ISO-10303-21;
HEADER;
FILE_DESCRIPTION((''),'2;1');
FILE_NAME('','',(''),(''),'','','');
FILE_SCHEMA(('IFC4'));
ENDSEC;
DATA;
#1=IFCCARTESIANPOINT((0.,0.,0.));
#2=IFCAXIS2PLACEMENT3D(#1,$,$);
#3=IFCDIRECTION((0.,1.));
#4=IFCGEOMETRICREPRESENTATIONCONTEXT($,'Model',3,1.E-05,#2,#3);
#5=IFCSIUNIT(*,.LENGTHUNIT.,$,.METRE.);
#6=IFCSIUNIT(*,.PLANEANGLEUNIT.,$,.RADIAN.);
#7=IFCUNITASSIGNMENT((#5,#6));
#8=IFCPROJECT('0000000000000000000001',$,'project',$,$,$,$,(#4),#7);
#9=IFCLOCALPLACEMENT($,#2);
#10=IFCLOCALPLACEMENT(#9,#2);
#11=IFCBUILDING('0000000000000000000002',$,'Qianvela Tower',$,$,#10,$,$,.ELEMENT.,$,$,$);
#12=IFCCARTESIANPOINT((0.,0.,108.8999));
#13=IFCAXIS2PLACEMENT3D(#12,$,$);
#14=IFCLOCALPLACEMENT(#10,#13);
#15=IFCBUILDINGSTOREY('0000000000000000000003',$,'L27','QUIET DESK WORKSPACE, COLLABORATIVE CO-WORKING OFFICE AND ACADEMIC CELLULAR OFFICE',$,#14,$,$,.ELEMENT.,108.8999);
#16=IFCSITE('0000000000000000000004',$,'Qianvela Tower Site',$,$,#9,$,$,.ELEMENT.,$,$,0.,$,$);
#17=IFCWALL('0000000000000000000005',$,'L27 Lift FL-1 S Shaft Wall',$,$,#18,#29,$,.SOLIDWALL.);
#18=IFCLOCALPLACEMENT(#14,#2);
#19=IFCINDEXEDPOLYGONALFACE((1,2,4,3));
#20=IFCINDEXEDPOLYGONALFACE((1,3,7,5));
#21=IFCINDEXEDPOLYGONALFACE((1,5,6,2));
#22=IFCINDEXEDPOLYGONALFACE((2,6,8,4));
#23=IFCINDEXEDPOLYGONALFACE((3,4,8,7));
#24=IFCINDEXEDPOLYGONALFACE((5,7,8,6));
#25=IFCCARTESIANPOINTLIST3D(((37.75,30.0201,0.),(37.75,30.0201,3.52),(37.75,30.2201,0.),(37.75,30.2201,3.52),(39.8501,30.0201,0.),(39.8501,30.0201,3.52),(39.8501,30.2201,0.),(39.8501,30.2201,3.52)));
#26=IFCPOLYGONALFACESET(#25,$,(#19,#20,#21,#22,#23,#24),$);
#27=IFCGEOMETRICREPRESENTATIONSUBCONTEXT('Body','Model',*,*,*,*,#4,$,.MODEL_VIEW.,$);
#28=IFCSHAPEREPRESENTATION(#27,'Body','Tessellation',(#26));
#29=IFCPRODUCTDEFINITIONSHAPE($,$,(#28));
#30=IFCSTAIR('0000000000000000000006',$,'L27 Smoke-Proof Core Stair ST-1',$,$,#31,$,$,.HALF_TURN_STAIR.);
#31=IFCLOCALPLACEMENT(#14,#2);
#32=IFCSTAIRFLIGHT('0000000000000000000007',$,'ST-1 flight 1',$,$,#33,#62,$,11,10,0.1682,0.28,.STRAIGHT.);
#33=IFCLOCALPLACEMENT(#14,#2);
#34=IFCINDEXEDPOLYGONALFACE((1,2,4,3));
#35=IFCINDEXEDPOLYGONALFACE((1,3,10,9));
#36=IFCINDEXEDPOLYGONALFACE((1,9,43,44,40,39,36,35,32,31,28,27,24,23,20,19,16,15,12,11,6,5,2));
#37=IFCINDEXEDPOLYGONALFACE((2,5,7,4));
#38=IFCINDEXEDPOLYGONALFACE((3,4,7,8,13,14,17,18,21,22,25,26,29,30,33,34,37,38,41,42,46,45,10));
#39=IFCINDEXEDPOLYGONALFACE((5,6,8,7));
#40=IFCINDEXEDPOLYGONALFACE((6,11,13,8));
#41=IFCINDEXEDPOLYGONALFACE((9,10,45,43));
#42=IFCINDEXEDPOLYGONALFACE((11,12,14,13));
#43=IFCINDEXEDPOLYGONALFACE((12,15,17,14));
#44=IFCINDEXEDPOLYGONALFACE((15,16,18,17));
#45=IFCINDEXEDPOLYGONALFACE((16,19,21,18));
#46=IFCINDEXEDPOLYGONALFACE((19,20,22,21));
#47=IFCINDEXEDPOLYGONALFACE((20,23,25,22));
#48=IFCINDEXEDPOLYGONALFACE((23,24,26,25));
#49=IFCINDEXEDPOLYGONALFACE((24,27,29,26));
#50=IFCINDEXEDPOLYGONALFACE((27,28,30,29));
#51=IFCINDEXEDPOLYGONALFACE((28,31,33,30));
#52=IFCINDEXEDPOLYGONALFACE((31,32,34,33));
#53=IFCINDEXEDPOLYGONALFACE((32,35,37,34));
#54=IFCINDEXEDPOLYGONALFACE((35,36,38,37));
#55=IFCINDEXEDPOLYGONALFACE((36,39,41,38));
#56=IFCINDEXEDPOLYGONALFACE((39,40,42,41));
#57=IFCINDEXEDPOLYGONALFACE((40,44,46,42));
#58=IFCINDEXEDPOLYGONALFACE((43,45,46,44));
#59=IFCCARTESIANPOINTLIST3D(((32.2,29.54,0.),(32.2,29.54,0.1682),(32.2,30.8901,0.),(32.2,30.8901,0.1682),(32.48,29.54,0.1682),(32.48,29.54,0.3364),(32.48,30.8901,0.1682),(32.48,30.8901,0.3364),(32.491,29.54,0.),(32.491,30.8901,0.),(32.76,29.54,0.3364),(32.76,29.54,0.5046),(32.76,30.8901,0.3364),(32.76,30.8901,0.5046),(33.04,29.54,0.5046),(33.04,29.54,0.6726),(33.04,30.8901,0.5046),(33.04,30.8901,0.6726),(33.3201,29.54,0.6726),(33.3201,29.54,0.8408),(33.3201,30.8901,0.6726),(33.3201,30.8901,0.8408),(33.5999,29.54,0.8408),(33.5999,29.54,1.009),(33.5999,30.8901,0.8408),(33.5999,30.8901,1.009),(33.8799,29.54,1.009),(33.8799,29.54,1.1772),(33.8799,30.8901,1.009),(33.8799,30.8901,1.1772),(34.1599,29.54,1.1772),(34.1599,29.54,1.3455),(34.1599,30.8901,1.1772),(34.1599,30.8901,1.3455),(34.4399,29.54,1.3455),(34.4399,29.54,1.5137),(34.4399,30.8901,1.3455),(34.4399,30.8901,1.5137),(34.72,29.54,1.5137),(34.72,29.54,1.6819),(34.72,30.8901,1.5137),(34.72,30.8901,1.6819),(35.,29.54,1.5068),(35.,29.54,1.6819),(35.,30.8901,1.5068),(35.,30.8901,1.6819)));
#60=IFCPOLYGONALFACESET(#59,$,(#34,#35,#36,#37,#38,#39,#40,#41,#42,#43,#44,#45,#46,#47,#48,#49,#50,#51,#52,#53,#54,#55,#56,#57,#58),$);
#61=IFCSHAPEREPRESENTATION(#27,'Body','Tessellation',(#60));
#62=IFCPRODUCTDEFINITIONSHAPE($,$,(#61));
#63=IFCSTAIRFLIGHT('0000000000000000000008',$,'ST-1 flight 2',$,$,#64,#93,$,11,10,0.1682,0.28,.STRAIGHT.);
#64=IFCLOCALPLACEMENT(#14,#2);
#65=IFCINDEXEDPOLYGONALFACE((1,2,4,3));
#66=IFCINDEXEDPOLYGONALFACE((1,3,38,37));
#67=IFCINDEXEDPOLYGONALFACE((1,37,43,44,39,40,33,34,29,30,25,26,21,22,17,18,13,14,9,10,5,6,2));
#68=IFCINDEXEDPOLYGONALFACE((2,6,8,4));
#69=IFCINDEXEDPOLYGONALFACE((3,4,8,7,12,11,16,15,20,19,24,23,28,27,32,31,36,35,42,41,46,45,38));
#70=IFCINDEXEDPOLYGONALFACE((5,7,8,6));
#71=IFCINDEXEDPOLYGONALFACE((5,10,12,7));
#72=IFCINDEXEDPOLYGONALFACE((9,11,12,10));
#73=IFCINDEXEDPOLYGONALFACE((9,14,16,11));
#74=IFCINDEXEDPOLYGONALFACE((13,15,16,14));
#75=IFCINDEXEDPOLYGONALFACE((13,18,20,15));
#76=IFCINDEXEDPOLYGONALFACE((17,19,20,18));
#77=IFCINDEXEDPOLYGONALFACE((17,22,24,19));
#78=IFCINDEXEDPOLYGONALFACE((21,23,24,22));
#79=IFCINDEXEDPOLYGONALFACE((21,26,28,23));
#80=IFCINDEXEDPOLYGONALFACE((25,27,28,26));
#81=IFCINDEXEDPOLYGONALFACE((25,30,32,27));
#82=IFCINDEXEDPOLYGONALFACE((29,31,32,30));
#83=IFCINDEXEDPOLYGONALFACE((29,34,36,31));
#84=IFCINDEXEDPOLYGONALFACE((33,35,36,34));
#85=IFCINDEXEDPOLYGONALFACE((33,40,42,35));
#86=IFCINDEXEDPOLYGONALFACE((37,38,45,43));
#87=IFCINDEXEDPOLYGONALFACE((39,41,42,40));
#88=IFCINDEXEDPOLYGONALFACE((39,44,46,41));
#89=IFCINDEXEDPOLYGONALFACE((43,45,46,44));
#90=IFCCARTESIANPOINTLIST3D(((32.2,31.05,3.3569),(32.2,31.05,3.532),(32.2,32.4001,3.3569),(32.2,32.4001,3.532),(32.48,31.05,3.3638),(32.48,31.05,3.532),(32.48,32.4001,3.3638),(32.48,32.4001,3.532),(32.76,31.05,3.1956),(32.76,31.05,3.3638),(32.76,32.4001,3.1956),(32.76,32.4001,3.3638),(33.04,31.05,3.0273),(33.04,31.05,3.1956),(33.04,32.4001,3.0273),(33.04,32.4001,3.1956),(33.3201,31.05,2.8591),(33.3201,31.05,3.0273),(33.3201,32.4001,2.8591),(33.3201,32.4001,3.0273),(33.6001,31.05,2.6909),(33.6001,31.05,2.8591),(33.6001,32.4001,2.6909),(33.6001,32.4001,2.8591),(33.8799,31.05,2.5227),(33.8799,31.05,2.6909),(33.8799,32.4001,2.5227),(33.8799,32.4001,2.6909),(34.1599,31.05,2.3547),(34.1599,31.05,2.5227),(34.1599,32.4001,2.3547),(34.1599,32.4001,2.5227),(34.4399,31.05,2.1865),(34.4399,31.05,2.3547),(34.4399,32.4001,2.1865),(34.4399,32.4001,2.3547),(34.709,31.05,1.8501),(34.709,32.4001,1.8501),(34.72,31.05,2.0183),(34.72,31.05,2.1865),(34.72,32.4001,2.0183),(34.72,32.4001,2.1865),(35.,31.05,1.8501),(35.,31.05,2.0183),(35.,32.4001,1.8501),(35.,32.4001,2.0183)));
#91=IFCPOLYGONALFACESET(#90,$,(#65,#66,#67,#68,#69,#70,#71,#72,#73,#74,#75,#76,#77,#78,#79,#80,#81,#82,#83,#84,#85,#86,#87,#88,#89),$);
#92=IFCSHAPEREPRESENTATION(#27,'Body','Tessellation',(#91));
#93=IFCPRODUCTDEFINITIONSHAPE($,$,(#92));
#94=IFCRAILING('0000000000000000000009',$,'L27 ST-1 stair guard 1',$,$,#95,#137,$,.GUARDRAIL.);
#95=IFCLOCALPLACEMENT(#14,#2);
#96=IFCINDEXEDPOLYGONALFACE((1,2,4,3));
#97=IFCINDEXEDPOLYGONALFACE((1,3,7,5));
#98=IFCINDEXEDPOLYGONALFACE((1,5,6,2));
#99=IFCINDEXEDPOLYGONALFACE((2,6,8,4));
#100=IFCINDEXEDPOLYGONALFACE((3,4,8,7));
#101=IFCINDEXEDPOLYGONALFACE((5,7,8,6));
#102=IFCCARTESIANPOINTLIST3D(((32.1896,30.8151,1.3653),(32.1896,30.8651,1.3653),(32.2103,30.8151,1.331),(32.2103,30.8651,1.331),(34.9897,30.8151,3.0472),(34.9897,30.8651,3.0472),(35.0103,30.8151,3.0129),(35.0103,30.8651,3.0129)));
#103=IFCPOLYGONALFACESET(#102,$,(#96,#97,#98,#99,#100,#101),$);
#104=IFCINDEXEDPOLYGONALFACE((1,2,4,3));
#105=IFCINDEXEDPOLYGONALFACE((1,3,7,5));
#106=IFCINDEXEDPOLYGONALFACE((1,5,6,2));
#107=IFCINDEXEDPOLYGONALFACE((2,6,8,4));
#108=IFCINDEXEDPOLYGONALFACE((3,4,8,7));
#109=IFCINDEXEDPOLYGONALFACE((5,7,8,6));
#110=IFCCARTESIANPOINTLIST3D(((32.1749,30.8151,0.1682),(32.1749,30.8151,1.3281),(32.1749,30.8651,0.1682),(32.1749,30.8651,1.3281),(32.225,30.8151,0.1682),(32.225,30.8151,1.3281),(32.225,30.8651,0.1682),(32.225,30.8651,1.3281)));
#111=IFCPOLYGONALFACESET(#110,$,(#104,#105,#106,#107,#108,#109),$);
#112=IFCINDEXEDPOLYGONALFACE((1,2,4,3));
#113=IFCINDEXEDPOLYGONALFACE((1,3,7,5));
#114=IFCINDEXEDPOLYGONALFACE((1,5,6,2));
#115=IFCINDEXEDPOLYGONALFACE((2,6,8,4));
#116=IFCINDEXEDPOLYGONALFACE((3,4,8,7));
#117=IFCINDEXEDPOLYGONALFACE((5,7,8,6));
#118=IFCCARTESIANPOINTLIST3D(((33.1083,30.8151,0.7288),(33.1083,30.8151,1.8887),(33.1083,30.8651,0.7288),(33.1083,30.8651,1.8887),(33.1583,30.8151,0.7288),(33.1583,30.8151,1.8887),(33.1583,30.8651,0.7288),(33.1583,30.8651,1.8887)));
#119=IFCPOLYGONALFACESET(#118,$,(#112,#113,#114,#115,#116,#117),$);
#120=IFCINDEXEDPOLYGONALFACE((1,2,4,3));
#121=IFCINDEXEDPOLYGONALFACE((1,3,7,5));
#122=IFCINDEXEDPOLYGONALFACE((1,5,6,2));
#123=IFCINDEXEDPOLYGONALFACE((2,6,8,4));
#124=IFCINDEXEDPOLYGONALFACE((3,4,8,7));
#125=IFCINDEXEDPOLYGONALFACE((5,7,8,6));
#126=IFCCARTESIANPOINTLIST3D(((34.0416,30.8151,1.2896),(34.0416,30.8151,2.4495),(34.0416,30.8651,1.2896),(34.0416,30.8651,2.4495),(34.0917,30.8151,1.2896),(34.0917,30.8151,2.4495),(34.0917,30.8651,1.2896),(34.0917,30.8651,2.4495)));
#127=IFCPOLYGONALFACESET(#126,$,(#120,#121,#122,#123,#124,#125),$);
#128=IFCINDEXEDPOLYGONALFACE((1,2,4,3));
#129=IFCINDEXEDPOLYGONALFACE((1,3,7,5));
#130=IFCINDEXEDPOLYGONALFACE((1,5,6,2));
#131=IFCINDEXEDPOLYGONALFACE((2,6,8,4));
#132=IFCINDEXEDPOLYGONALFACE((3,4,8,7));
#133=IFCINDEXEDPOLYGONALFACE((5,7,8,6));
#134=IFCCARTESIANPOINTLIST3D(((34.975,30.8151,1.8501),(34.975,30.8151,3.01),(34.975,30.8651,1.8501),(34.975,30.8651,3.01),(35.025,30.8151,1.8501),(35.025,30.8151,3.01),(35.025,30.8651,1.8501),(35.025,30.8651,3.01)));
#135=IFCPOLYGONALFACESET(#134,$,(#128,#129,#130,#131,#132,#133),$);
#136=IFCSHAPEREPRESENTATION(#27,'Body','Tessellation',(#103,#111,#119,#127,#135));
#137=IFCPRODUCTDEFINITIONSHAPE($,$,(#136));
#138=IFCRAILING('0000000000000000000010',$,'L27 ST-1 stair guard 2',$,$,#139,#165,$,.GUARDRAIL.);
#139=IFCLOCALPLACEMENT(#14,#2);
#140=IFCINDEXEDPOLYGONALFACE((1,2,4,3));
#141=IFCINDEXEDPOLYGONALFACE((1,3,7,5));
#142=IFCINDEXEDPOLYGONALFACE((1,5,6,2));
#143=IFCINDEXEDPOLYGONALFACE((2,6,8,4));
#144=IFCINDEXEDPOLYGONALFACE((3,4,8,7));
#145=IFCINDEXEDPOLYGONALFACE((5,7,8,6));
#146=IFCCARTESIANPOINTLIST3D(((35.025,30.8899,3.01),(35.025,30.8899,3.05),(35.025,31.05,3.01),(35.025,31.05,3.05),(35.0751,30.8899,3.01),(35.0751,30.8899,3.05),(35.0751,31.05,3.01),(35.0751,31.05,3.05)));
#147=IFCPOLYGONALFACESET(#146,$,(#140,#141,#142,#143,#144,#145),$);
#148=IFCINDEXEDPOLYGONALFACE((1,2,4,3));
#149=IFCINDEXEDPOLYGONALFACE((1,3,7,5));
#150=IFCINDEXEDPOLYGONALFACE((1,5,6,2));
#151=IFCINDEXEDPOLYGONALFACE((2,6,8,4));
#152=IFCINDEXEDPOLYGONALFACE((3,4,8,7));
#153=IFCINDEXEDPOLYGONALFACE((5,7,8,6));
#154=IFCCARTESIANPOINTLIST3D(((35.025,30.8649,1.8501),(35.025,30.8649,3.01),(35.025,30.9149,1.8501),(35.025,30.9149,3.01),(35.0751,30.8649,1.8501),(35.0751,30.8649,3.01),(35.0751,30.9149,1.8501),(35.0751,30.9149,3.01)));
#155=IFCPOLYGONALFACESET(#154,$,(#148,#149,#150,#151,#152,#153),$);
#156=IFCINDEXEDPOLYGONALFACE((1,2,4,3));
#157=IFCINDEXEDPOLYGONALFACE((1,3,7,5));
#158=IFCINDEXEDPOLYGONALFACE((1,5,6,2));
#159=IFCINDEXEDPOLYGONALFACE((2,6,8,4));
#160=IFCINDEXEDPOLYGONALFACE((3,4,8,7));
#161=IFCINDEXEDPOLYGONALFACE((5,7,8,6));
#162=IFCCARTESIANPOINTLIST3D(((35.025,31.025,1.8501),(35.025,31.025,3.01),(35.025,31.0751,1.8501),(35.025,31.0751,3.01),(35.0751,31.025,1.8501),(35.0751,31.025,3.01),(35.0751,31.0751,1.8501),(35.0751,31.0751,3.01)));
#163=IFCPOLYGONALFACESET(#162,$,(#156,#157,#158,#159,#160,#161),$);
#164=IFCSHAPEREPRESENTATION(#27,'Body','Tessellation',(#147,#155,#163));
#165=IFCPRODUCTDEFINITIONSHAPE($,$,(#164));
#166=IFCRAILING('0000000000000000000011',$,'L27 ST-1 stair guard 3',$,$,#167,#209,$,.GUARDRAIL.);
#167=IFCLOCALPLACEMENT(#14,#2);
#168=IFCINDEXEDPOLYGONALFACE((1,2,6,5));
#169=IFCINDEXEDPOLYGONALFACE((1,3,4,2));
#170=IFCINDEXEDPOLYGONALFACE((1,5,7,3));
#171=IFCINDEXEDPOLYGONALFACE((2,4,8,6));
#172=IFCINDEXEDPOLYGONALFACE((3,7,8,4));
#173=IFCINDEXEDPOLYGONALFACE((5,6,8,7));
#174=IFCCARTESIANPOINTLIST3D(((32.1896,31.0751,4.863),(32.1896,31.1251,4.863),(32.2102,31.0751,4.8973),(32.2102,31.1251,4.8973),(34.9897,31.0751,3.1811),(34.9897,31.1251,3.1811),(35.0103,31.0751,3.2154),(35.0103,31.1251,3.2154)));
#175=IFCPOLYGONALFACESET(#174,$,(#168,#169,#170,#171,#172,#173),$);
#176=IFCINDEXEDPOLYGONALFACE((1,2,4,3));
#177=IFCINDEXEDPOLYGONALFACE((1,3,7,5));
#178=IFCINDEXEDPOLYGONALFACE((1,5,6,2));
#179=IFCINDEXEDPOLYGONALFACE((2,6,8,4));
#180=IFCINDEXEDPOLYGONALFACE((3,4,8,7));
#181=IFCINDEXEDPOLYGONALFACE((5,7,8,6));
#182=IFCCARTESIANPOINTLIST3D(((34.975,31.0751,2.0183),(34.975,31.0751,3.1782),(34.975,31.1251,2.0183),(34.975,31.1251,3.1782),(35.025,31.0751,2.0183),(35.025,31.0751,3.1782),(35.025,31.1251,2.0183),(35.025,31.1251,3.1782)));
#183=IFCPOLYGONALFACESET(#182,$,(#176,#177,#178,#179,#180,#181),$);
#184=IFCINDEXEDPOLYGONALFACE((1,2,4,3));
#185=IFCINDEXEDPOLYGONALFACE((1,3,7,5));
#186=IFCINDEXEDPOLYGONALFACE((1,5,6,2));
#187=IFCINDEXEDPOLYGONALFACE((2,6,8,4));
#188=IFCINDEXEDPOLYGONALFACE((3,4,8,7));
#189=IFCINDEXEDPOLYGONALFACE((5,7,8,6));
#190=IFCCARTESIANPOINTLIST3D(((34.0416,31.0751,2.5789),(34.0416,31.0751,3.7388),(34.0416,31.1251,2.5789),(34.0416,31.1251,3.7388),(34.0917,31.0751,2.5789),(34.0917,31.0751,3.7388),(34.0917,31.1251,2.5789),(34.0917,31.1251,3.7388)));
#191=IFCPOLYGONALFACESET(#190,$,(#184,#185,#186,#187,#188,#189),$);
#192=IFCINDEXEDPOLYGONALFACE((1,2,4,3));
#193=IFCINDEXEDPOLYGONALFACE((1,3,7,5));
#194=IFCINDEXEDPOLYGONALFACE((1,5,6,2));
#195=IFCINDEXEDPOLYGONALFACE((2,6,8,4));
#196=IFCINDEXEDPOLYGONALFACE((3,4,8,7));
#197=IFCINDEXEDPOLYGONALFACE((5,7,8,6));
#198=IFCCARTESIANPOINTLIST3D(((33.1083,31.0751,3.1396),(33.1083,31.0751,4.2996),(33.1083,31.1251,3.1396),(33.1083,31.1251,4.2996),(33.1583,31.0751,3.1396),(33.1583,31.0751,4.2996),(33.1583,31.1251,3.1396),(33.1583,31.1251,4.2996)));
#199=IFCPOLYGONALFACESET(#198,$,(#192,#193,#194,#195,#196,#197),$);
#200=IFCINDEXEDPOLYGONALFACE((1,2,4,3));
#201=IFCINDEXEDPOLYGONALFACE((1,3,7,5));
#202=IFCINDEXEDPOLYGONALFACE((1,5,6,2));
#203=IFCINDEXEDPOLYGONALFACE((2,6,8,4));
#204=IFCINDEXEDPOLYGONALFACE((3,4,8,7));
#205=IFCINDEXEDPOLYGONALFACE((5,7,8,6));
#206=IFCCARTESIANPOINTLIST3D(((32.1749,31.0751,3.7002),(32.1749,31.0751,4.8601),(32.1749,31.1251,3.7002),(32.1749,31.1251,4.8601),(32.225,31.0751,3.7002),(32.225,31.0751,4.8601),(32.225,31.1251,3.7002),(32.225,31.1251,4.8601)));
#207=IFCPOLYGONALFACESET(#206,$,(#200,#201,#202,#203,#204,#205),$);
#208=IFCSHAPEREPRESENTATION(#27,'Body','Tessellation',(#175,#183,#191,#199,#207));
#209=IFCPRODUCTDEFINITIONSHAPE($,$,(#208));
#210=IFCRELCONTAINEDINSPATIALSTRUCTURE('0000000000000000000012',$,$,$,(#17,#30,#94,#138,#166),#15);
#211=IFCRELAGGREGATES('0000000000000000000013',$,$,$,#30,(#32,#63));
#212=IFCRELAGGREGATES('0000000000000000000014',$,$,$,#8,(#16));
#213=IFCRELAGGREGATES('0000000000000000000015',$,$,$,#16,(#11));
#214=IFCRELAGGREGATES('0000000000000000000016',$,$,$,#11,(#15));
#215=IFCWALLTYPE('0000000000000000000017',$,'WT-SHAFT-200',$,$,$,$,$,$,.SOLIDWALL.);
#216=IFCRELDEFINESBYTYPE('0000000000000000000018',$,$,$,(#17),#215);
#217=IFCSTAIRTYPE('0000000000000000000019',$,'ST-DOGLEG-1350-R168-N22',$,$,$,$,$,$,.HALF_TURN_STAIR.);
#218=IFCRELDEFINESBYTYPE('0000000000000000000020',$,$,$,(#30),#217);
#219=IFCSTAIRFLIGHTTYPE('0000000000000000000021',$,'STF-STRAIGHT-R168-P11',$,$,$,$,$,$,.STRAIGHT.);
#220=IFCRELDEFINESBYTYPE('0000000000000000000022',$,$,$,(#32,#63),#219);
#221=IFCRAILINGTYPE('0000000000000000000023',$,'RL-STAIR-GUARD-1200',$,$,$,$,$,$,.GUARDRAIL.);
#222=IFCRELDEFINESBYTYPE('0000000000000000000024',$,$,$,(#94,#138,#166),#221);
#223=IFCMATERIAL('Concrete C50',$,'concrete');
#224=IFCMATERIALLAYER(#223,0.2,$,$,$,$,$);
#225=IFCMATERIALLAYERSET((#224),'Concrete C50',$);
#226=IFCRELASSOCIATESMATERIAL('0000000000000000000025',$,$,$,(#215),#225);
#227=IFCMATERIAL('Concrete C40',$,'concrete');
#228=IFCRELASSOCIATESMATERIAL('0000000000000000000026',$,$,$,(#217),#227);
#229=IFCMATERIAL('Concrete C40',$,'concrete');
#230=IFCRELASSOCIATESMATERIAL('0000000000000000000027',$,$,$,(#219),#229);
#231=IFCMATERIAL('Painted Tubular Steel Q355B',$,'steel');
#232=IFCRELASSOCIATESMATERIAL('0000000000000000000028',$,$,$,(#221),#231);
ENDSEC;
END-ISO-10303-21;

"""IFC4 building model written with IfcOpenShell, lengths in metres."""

from ifc_helpers import new_model, si_unit, direction, frame, frame_2d, origin, origin_2d, place, context, subcontext, project, spatial, polyline, rectangle, outline, extrude, material, layer, layer_set, type_object, element, aggregate, save


model = new_model("IFC4")

# Units and contexts
model_context = context("Model", 3, precision=1e-05, world=origin(), true_north=direction((0.0, 1.0)))
body_context = subcontext(model_context, "Body", "Model", "MODEL_VIEW")
ifc_project = project(units=[si_unit("LENGTHUNIT", "METRE"), si_unit("PLANEANGLEUNIT", "RADIAN")], contexts=[model_context])

# Site, building, storey
site_placement = place(None, origin())
site = spatial("IfcSite", under=ifc_project, at=site_placement, Name="Qianvela Tower Site", CompositionType="ELEMENT", RefElevation=0.0)
building_placement = place(site_placement, origin())
building = spatial("IfcBuilding", under=site, at=building_placement, Name="Qianvela Tower", CompositionType="ELEMENT")
storey_placement = place(building_placement, frame((0.0, 0.0, 108.8999)))
storey = spatial("IfcBuildingStorey", under=building, at=storey_placement, Name="L27", Description="QUIET DESK WORKSPACE, COLLABORATIVE CO-WORKING OFFICE AND ACADEMIC CELLULAR OFFICE", CompositionType="ELEMENT", Elevation=108.8999)

# Shared definitions
ifc_material_1 = material(Name="Concrete C50", Category="concrete")
ifc_layer_1 = layer(ifc_material_1, 0.2)
ifc_layer_set_1 = layer_set([ifc_layer_1], Name="Concrete C50")
wall_type_1 = type_object("IfcWallType", Name="WT-SHAFT-200", PredefinedType="SOLIDWALL", material=ifc_layer_set_1)

# Wall
wall_1_placement = place(storey_placement, frame((37.75, 30.1201, 0.0), z_axis=(0.0, 0.0, 1.0), x_axis=(1.0, 0.0, 0.0)))
element("IfcWall", 1, at=wall_1_placement, inside=storey, type_object=wall_type_1, Name="L27 Lift FL-1 S Shaft Wall", PredefinedType="SOLIDWALL", context=body_context, shape_type="SweptSolid", body=[
    extrude(rectangle(XDim=2.1001, YDim=0.2, at=frame_2d((1.05, 0.0))), origin(), (0.0, 0.0, 1.0), 3.52),
])

# Stair, stair flights
ifc_material_2 = material(Name="Concrete C40", Category="concrete")
stair_type = type_object("IfcStairType", Name="ST-DOGLEG-1350-R168-N22", PredefinedType="HALF_TURN_STAIR", material=ifc_material_2)
stair_placement = place(storey_placement, origin())
stair = element("IfcStair", 2, at=stair_placement, inside=storey, type_object=stair_type, Name="L27 Smoke-Proof Core Stair ST-1", PredefinedType="HALF_TURN_STAIR")
ifc_material_3 = material(Name="Concrete C40", Category="concrete")
stair_flight_type = type_object("IfcStairFlightType", Name="STF-STRAIGHT-R168-P11", PredefinedType="STRAIGHT", material=ifc_material_3)
stair_flight_1_placement = place(storey_placement, frame((32.2, 30.2151, 0.0), z_axis=(0.0, 0.0, 1.0), x_axis=(1.0, 0.0, 0.0)))
stair_flight_1 = element("IfcStairFlight", 3, at=stair_flight_1_placement, type_object=stair_flight_type, Name="ST-1 flight 1", NumberOfRisers=11, NumberOfTreads=10, PredefinedType="STRAIGHT", RiserHeight=0.1682, TreadLength=0.28, context=body_context, shape_type="SweptSolid", body=[
    extrude(outline(polyline([(0.0, 0.0), (0.0, 0.1682), (0.28, 0.1682), (0.28, 0.3364), (0.5601, 0.3364), (0.5601, 0.5046), (0.8401, 0.5046), (0.8401, 0.6726), (1.1201, 0.6726), (1.1201, 0.8408), (1.3999, 0.8408), (1.3999, 1.009), (1.6799, 1.009), (1.6799, 1.1772), (1.96, 1.1772), (1.96, 1.3455), (2.24, 1.3455), (2.24, 1.5137), (2.52, 1.5137), (2.52, 1.6819), (2.8, 1.6819), (2.8, 1.8501), (2.8, 1.5068), (0.291, 0.0), (0.0, 0.0)])), frame((0.0, 0.675, 0.0), z_axis=(0.0, -1.0, 0.0), x_axis=(1.0, 0.0, 0.0)), (0.0, 0.0, 1.0), 1.3501),
])
stair_flight_2_placement = place(storey_placement, frame((35.0, 31.7251, 1.8501), z_axis=(0.0, 0.0, 1.0), x_axis=(-1.0, 0.0, 0.0)))
stair_flight_2 = element("IfcStairFlight", 4, at=stair_flight_2_placement, type_object=stair_flight_type, Name="ST-1 flight 2", NumberOfRisers=11, NumberOfTreads=10, PredefinedType="STRAIGHT", RiserHeight=0.1682, TreadLength=0.28, context=body_context, shape_type="SweptSolid", body=[
    extrude(outline(polyline([(0.0, 0.0), (0.0, 0.1682), (0.28, 0.1682), (0.28, 0.3364), (0.5601, 0.3364), (0.5601, 0.5046), (0.8401, 0.5046), (0.8401, 0.6726), (1.1201, 0.6726), (1.1201, 0.8408), (1.3999, 0.8408), (1.3999, 1.009), (1.6799, 1.009), (1.6799, 1.1772), (1.96, 1.1772), (1.96, 1.3455), (2.24, 1.3455), (2.24, 1.5137), (2.52, 1.5137), (2.52, 1.6819), (2.8, 1.6819), (2.8, 1.8501), (2.8, 1.5068), (0.291, 0.0), (0.0, 0.0)])), frame((0.0, 0.675, 0.0), z_axis=(0.0, -1.0, 0.0), x_axis=(1.0, 0.0, 0.0)), (0.0, 0.0, 1.0), 1.3501),
])
aggregate(stair, [stair_flight_1, stair_flight_2])

# Railings
ifc_material_4 = material(Name="Painted Tubular Steel Q355B", Category="steel")
railing_type_1 = type_object("IfcRailingType", Name="RL-STAIR-GUARD-1200", PredefinedType="GUARDRAIL", material=ifc_material_4)
railing_1_placement = place(storey_placement, frame((32.2, 30.8401, 0.1682)))
element("IfcRailing", 5, at=railing_1_placement, inside=storey, type_object=railing_type_1, Name="L27 ST-1 stair guard 1", PredefinedType="GUARDRAIL", context=body_context, shape_type="SweptSolid", body=[
    extrude(rectangle(XDim=0.05, YDim=0.04, at=origin_2d()), frame((0.0, 0.0, 1.1799), z_axis=(0.857242, 0.0, 0.514913), x_axis=(0.0, 1.0, 0.0)), (0.0, 0.0, 1.0), 3.2664),
    extrude(rectangle(XDim=0.05, YDim=0.05, at=origin_2d()), origin(), (0.0, 0.0, 1.0), 1.1599),
    extrude(rectangle(XDim=0.05, YDim=0.05, at=origin_2d()), frame((0.9333, 0.0, 0.5605)), (0.0, 0.0, 1.0), 1.1599),
    extrude(rectangle(XDim=0.05, YDim=0.05, at=origin_2d()), frame((1.8667, 0.0, 1.1213)), (0.0, 0.0, 1.0), 1.1599),
    extrude(rectangle(XDim=0.05, YDim=0.05, at=origin_2d()), frame((2.8, 0.0, 1.6819)), (0.0, 0.0, 1.0), 1.1599),
])
railing_2_placement = place(storey_placement, frame((35.05, 30.8899, 1.8501)))
element("IfcRailing", 6, at=railing_2_placement, inside=storey, type_object=railing_type_1, Name="L27 ST-1 stair guard 2", PredefinedType="GUARDRAIL", context=body_context, shape_type="SweptSolid", body=[
    extrude(rectangle(XDim=0.05, YDim=0.04, at=origin_2d()), frame((0.0, 0.0, 1.1799), z_axis=(0.0, 1.0, 0.0), x_axis=(-1.0, 0.0, 0.0)), (0.0, 0.0, 1.0), 0.1602),
    extrude(rectangle(XDim=0.05, YDim=0.05, at=origin_2d()), origin(), (0.0, 0.0, 1.0), 1.1599),
    extrude(rectangle(XDim=0.05, YDim=0.05, at=origin_2d()), frame((0.0, 0.1602, 0.0)), (0.0, 0.0, 1.0), 1.1599),
])
railing_3_placement = place(storey_placement, frame((35.0, 31.1001, 2.0183)))
element("IfcRailing", 7, at=railing_3_placement, inside=storey, type_object=railing_type_1, Name="L27 ST-1 stair guard 3", PredefinedType="GUARDRAIL", context=body_context, shape_type="SweptSolid", body=[
    extrude(rectangle(XDim=0.05, YDim=0.04, at=origin_2d()), frame((0.0, 0.0, 1.1799), z_axis=(-0.857242, 0.0, 0.514913), x_axis=(0.0, -1.0, 0.0)), (0.0, 0.0, 1.0), 3.2664),
    extrude(rectangle(XDim=0.05, YDim=0.05, at=origin_2d()), origin(), (0.0, 0.0, 1.0), 1.1599),
    extrude(rectangle(XDim=0.05, YDim=0.05, at=origin_2d()), frame((-0.9333, 0.0, 0.5605)), (0.0, 0.0, 1.0), 1.1599),
    extrude(rectangle(XDim=0.05, YDim=0.05, at=origin_2d()), frame((-1.8667, 0.0, 1.1213)), (0.0, 0.0, 1.0), 1.1599),
    extrude(rectangle(XDim=0.05, YDim=0.05, at=origin_2d()), frame((-2.8, 0.0, 1.6819)), (0.0, 0.0, 1.0), 1.1599),
])

save(model, "model.ifc")
